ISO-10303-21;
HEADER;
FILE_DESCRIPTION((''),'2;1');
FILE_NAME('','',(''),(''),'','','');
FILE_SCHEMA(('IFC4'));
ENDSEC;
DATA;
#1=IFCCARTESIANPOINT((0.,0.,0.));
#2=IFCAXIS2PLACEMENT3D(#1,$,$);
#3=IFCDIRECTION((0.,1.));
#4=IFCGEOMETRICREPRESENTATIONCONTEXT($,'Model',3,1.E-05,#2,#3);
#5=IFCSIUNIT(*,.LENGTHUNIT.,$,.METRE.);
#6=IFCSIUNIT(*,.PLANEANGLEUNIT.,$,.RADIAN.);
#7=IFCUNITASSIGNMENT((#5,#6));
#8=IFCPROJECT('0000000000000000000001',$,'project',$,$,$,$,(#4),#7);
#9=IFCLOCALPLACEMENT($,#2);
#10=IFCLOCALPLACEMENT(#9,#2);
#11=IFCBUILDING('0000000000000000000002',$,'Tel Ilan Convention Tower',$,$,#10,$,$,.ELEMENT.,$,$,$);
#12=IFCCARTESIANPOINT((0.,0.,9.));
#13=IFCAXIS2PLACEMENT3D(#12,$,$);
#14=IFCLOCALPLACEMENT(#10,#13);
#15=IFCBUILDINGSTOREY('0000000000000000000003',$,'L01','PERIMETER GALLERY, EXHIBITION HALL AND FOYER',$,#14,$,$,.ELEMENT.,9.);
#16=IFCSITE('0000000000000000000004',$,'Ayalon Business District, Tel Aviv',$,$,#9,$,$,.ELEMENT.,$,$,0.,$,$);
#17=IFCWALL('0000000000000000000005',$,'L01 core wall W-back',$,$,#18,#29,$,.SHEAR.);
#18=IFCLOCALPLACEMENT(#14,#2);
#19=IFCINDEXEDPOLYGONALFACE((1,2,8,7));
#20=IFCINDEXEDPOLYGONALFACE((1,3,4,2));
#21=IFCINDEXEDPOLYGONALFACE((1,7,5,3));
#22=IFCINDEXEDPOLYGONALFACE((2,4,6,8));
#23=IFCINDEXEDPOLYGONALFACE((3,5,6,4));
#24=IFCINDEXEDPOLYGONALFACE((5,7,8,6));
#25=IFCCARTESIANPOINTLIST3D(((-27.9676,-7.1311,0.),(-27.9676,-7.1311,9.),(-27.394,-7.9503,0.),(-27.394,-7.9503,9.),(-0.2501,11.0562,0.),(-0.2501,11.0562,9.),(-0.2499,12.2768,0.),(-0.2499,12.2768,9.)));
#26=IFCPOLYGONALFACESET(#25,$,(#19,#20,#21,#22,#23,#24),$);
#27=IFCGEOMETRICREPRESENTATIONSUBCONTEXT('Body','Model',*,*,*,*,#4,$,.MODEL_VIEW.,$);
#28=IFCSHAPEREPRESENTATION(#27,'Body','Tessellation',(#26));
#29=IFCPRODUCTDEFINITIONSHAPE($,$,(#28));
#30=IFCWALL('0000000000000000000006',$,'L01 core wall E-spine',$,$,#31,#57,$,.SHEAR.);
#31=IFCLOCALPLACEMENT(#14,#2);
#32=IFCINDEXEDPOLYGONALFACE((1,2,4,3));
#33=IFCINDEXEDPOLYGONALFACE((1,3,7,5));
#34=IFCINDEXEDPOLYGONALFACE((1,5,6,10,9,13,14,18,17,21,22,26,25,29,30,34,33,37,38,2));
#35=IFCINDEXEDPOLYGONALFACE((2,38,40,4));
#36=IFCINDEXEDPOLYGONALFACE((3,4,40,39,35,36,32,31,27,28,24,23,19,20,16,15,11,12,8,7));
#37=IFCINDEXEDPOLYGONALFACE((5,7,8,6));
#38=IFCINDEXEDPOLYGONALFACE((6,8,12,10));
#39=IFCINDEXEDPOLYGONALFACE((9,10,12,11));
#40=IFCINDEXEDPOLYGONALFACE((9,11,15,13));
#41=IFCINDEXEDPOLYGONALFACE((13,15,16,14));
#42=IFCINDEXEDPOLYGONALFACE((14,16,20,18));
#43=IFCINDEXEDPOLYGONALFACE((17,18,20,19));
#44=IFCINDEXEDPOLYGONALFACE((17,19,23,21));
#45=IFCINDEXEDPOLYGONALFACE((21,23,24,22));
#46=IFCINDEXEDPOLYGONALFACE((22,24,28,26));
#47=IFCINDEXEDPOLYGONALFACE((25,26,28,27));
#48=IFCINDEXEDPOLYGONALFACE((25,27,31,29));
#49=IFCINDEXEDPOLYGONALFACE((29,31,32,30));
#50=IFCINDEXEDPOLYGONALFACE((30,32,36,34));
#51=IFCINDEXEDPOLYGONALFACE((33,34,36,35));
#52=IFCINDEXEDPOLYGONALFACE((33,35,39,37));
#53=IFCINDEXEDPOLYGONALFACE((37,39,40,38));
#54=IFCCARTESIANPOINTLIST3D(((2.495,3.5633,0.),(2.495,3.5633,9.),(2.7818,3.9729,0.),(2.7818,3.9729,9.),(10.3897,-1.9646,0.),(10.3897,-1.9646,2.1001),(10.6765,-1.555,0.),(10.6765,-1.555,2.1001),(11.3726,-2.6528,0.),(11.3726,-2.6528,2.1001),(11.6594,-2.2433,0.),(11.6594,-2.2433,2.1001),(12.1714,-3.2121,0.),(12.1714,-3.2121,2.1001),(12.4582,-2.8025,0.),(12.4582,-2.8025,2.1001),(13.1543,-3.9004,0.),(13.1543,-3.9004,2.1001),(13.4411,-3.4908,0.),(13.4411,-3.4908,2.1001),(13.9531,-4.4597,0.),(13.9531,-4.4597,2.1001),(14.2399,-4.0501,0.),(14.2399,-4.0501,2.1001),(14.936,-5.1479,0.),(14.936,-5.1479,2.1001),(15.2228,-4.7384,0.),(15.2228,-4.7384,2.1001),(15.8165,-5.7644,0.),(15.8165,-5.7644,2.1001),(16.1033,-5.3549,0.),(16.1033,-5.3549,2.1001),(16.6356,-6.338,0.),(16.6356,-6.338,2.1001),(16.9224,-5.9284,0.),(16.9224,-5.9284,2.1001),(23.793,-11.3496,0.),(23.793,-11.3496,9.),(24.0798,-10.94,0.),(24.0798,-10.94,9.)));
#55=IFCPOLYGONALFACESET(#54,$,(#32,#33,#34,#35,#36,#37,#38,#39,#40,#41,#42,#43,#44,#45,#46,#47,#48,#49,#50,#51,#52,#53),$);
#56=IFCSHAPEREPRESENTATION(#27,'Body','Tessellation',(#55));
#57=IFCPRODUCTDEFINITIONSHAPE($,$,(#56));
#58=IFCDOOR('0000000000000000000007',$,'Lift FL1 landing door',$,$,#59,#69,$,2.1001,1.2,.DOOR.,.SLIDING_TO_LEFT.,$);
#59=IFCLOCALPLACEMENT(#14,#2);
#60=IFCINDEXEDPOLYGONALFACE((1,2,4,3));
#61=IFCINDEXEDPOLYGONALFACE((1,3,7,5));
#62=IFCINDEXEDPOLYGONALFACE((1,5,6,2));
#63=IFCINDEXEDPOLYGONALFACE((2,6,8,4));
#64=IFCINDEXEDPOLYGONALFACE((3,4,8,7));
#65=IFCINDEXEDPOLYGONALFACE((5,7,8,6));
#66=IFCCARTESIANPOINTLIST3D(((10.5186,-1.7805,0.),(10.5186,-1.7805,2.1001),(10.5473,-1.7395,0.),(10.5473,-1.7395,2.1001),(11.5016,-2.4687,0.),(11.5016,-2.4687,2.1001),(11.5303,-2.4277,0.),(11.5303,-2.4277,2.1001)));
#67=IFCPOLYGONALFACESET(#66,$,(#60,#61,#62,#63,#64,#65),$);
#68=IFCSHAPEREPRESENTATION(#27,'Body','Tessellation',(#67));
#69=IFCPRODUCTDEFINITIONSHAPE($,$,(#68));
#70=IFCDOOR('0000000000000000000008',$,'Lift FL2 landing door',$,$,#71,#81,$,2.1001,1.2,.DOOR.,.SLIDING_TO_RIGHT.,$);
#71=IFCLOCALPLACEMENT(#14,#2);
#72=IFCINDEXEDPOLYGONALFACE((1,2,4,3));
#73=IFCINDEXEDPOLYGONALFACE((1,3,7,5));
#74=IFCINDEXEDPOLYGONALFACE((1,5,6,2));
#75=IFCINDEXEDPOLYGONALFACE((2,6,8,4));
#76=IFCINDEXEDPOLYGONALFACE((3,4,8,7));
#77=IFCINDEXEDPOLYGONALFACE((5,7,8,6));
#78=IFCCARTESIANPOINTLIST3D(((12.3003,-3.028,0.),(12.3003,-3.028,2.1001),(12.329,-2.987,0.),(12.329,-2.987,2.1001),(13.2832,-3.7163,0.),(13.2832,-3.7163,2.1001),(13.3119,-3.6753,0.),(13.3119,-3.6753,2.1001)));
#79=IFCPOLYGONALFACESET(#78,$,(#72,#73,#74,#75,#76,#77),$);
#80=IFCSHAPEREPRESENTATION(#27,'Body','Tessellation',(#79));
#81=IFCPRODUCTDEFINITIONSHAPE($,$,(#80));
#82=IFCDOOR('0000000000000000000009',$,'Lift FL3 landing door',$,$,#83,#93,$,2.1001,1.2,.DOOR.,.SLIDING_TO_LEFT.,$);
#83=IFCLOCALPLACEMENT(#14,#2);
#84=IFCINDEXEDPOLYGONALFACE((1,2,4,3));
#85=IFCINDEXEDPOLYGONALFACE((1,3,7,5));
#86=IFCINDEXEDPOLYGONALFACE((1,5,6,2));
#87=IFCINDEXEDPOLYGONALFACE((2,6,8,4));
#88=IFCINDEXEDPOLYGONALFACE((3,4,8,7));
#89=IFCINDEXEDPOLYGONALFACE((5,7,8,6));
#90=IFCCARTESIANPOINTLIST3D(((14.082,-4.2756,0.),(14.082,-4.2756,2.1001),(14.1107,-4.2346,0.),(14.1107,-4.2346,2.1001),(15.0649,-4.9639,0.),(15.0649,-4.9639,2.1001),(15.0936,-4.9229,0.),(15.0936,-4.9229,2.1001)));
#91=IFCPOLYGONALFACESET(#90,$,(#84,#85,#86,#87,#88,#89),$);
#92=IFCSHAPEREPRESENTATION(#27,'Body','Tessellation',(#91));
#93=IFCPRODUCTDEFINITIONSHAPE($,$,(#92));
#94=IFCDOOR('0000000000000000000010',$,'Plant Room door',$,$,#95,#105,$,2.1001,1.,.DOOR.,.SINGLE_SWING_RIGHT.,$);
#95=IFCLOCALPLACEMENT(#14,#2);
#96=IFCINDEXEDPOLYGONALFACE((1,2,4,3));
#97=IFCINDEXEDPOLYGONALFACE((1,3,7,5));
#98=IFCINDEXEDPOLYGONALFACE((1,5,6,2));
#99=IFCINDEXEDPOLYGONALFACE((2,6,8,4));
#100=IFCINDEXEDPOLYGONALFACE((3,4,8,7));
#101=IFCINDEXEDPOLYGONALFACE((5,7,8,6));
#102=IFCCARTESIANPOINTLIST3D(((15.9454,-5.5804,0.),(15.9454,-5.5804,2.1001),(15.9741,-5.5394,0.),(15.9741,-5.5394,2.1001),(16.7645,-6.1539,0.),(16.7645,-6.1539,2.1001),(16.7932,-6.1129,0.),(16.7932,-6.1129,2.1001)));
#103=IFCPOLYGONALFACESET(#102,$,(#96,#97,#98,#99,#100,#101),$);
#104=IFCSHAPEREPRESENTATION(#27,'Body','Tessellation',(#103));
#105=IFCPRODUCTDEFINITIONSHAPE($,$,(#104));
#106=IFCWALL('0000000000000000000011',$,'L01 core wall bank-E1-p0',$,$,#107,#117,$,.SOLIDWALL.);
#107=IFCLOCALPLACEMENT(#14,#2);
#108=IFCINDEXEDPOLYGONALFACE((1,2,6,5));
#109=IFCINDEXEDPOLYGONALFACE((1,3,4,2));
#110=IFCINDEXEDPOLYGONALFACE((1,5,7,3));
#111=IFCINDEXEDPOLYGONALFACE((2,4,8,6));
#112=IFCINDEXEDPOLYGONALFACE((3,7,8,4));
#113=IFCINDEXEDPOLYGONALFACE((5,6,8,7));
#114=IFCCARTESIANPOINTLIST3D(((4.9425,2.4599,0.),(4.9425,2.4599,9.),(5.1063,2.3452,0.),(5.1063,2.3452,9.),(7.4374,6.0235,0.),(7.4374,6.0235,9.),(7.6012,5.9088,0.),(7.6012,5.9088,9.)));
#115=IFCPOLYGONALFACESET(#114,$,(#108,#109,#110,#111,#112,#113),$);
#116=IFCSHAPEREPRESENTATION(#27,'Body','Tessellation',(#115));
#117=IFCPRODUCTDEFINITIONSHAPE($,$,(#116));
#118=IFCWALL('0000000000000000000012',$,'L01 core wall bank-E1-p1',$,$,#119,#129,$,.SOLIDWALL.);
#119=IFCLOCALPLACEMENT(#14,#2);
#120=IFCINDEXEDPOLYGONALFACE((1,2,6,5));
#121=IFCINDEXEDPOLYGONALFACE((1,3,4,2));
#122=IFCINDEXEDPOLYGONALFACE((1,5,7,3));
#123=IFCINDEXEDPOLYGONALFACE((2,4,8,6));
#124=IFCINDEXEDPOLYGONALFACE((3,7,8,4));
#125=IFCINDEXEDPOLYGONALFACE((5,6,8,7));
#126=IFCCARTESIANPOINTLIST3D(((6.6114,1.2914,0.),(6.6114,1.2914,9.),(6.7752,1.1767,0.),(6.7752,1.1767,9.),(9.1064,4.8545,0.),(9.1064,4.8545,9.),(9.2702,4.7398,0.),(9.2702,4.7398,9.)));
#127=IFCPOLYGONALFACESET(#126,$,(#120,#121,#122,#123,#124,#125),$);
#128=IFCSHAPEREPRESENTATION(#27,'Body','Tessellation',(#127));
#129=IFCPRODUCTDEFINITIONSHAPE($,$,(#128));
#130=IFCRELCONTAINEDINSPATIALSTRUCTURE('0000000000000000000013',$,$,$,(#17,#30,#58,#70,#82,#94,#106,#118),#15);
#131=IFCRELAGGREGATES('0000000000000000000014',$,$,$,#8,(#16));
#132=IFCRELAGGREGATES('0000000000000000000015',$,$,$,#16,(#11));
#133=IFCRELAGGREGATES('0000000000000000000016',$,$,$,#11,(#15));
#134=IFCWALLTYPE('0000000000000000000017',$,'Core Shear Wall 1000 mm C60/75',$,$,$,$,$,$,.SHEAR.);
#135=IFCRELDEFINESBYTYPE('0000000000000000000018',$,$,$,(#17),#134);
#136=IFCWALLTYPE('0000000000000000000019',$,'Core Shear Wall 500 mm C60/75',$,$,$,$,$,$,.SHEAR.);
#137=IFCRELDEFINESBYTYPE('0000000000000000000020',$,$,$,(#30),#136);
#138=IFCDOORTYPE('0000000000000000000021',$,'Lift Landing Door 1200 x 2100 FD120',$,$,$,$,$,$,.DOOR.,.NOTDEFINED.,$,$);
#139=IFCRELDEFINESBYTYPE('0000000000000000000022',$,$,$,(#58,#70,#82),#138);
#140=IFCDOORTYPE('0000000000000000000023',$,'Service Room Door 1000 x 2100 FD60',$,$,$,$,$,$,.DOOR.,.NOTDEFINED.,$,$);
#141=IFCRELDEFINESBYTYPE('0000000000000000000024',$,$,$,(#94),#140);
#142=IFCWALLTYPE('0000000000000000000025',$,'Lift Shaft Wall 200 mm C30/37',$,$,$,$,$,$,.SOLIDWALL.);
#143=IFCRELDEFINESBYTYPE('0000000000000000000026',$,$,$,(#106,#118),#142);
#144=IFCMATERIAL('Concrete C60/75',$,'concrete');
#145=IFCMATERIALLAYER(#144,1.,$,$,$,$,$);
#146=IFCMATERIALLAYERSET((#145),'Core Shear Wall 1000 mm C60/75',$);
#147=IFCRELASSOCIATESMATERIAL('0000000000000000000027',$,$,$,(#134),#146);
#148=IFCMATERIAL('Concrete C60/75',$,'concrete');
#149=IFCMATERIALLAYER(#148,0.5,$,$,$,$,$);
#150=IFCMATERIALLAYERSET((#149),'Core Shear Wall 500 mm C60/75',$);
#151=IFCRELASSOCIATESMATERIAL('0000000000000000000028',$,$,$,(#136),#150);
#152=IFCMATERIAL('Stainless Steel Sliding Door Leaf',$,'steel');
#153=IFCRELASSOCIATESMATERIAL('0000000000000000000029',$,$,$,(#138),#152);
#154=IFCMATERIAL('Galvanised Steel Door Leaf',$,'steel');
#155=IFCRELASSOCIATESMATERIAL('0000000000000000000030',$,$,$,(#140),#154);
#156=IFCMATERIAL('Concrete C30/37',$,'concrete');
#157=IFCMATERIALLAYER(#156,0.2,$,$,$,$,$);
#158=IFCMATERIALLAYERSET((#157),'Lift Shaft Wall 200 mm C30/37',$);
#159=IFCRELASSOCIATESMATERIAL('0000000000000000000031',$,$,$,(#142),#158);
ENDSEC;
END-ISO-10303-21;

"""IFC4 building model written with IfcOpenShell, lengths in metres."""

from ifc_helpers import new_model, si_unit, direction, frame, frame_2d, origin, place, context, subcontext, project, spatial, polyline, rectangle, outline, extrude, material, layer, layer_set, type_object, element, fill, save


model = new_model("IFC4")

# Units and contexts
model_context = context("Model", 3, precision=1e-05, world=origin(), true_north=direction((0.0, 1.0)))
body_context = subcontext(model_context, "Body", "Model", "MODEL_VIEW")
ifc_project = project(units=[si_unit("LENGTHUNIT", "METRE"), si_unit("PLANEANGLEUNIT", "RADIAN")], contexts=[model_context])

# Site, building, storey
site_placement = place(None, origin())
site = spatial("IfcSite", under=ifc_project, at=site_placement, Name="Ayalon Business District, Tel Aviv", CompositionType="ELEMENT", RefElevation=0.0)
building_placement = place(site_placement, origin())
building = spatial("IfcBuilding", under=site, at=building_placement, Name="Tel Ilan Convention Tower", CompositionType="ELEMENT")
storey_placement = place(building_placement, frame((0.0, 0.0, 9.0)))
storey = spatial("IfcBuildingStorey", under=building, at=storey_placement, Name="L01", Description="PERIMETER GALLERY, EXHIBITION HALL AND FOYER", CompositionType="ELEMENT", Elevation=9.0)

# Wall
ifc_material_1 = material(Name="Concrete C60/75", Category="concrete")
ifc_layer_1 = layer(ifc_material_1, 1.0)
ifc_layer_set_1 = layer_set([ifc_layer_1], Name="Core Shear Wall 1000 mm C60/75")
wall_type_1 = type_object("IfcWallType", Name="Core Shear Wall 1000 mm C60/75", PredefinedType="SHEAR", material=ifc_layer_set_1)
wall_1_placement = place(storey_placement, frame((0.0369, 11.8672, 0.0), z_axis=(0.0, 0.0, 1.0), x_axis=(-0.819155, -0.573572, 0.0)))
element("IfcWall", 1, at=wall_1_placement, inside=storey, type_object=wall_type_1, Name="L01 core wall W-back", PredefinedType="SHEAR", context=body_context, shape_type="SweptSolid", body=[
    extrude(outline(polyline([(33.8369, 0.5), (0.7002, 0.4998), (0.0, -0.5), (33.8369, -0.5), (33.8369, 0.5)])), origin(), (0.0, 0.0, 1.0), 9.0),
])

# Wall, openings, doors
ifc_material_2 = material(Name="Concrete C60/75", Category="concrete")
ifc_layer_2 = layer(ifc_material_2, 0.5)
ifc_layer_set_2 = layer_set([ifc_layer_2], Name="Core Shear Wall 500 mm C60/75")
wall_type_2 = type_object("IfcWallType", Name="Core Shear Wall 500 mm C60/75", PredefinedType="SHEAR", material=ifc_layer_set_2)
wall_2_placement = place(storey_placement, frame((2.6384, 3.7681, 0.0), z_axis=(0.0, 0.0, 1.0), x_axis=(0.819149, -0.573581, 0.0)))
wall_2 = element("IfcWall", 2, at=wall_2_placement, inside=storey, type_object=wall_type_2, Name="L01 core wall E-spine", PredefinedType="SHEAR", context=body_context, shape_type="SweptSolid", body=[
    extrude(outline(polyline([(0.0, 0.25), (0.0, -0.25), (26.0, -0.2498), (26.0, 0.2502), (0.0, 0.25)])), origin(), (0.0, 0.0, 1.0), 9.0),
])
opening_1_placement = place(wall_2_placement, frame((9.6375, 0.0, 0.0)))
opening_1 = element("IfcOpeningElement", 3, at=opening_1_placement, cuts=wall_2, PredefinedType="OPENING", context=body_context, shape_type="SweptSolid", body=[
    extrude(rectangle(XDim=1.2, YDim=2.1001, at=frame_2d((0.6001, 1.05))), frame((0.0, 0.26, 0.0), z_axis=(0.0, -1.0, 0.0), x_axis=(1.0, 0.0, 0.0)), (0.0, 0.0, 1.0), 0.52),
])
opening_2_placement = place(wall_2_placement, frame((11.8125, 0.0, 0.0)))
opening_2 = element("IfcOpeningElement", 4, at=opening_2_placement, cuts=wall_2, PredefinedType="OPENING", context=body_context, shape_type="SweptSolid", body=[
    extrude(rectangle(XDim=1.2, YDim=2.1001, at=frame_2d((0.6001, 1.05))), frame((0.0, 0.26, 0.0), z_axis=(0.0, -1.0, 0.0), x_axis=(1.0, 0.0, 0.0)), (0.0, 0.0, 1.0), 0.52),
])
opening_3_placement = place(wall_2_placement, frame((13.9875, 0.0, 0.0)))
opening_3 = element("IfcOpeningElement", 5, at=opening_3_placement, cuts=wall_2, PredefinedType="OPENING", context=body_context, shape_type="SweptSolid", body=[
    extrude(rectangle(XDim=1.2, YDim=2.1001, at=frame_2d((0.6001, 1.05))), frame((0.0, 0.26, 0.0), z_axis=(0.0, -1.0, 0.0), x_axis=(1.0, 0.0, 0.0)), (0.0, 0.0, 1.0), 0.52),
])
opening_4_placement = place(wall_2_placement, frame((16.2625, 0.0, 0.0)))
opening_4 = element("IfcOpeningElement", 6, at=opening_4_placement, cuts=wall_2, PredefinedType="OPENING", context=body_context, shape_type="SweptSolid", body=[
    extrude(rectangle(XDim=1.0, YDim=2.1001, at=frame_2d((0.5, 1.05))), frame((0.0, 0.26, 0.0), z_axis=(0.0, -1.0, 0.0), x_axis=(1.0, 0.0, 0.0)), (0.0, 0.0, 1.0), 0.52),
])
ifc_material_3 = material(Name="Stainless Steel Sliding Door Leaf", Category="steel")
door_type_1 = type_object("IfcDoorType", Name="Lift Landing Door 1200 x 2100 FD120", OperationType="NOTDEFINED", PredefinedType="DOOR", material=ifc_material_3)
door_1_placement = place(opening_1_placement, origin())
door_1 = element("IfcDoor", 7, at=door_1_placement, inside=storey, type_object=door_type_1, Name="Lift FL1 landing door", OperationType="SLIDING_TO_LEFT", OverallHeight=2.1001, OverallWidth=1.2, PredefinedType="DOOR", context=body_context, shape_type="SweptSolid", body=[
    extrude(rectangle(XDim=1.2, YDim=2.1001, at=frame_2d((0.6001, 1.05))), frame((0.0, 0.0249, 0.0), z_axis=(0.0, -1.0, 0.0), x_axis=(1.0, 0.0, 0.0)), (0.0, 0.0, 1.0), 0.05),
])
fill(opening_1, door_1)
door_2_placement = place(opening_2_placement, origin())
door_2 = element("IfcDoor", 8, at=door_2_placement, inside=storey, type_object=door_type_1, Name="Lift FL2 landing door", OperationType="SLIDING_TO_RIGHT", OverallHeight=2.1001, OverallWidth=1.2, PredefinedType="DOOR", context=body_context, shape_type="SweptSolid", body=[
    extrude(rectangle(XDim=1.2, YDim=2.1001, at=frame_2d((0.6001, 1.05))), frame((0.0, 0.0249, 0.0), z_axis=(0.0, -1.0, 0.0), x_axis=(1.0, 0.0, 0.0)), (0.0, 0.0, 1.0), 0.05),
])
fill(opening_2, door_2)
door_3_placement = place(opening_3_placement, origin())
door_3 = element("IfcDoor", 9, at=door_3_placement, inside=storey, type_object=door_type_1, Name="Lift FL3 landing door", OperationType="SLIDING_TO_LEFT", OverallHeight=2.1001, OverallWidth=1.2, PredefinedType="DOOR", context=body_context, shape_type="SweptSolid", body=[
    extrude(rectangle(XDim=1.2, YDim=2.1001, at=frame_2d((0.6001, 1.05))), frame((0.0, 0.0249, 0.0), z_axis=(0.0, -1.0, 0.0), x_axis=(1.0, 0.0, 0.0)), (0.0, 0.0, 1.0), 0.05),
])
fill(opening_3, door_3)
ifc_material_4 = material(Name="Galvanised Steel Door Leaf", Category="steel")
door_type_2 = type_object("IfcDoorType", Name="Service Room Door 1000 x 2100 FD60", OperationType="NOTDEFINED", PredefinedType="DOOR", material=ifc_material_4)
door_4_placement = place(opening_4_placement, origin())
door_4 = element("IfcDoor", 10, at=door_4_placement, inside=storey, type_object=door_type_2, Name="Plant Room door", OperationType="SINGLE_SWING_RIGHT", OverallHeight=2.1001, OverallWidth=1.0, PredefinedType="DOOR", context=body_context, shape_type="SweptSolid", body=[
    extrude(rectangle(XDim=1.0, YDim=2.1001, at=frame_2d((0.5, 1.05))), frame((0.0, 0.0249, 0.0), z_axis=(0.0, -1.0, 0.0), x_axis=(1.0, 0.0, 0.0)), (0.0, 0.0, 1.0), 0.05),
])
fill(opening_4, door_4)

# Walls
ifc_material_5 = material(Name="Concrete C30/37", Category="concrete")
ifc_layer_3 = layer(ifc_material_5, 0.2)
ifc_layer_set_3 = layer_set([ifc_layer_3], Name="Lift Shaft Wall 200 mm C30/37")
wall_type_3 = type_object("IfcWallType", Name="Lift Shaft Wall 200 mm C30/37", PredefinedType="SOLIDWALL", material=ifc_layer_set_3)
wall_3_placement = place(storey_placement, frame((5.0244, 2.4026, 0.0), z_axis=(0.0, 0.0, 1.0), x_axis=(0.57353, 0.819184, 0.0)))
element("IfcWall", 11, at=wall_3_placement, inside=storey, type_object=wall_type_3, Name="L01 core wall bank-E1-p0", PredefinedType="SOLIDWALL", context=body_context, shape_type="SweptSolid", body=[
    extrude(rectangle(XDim=4.3501, YDim=0.2, at=frame_2d((2.175, 0.0))), origin(), (0.0, 0.0, 1.0), 9.0),
])
wall_4_placement = place(storey_placement, frame((6.6934, 1.2341, 0.0), z_axis=(0.0, 0.0, 1.0), x_axis=(0.573594, 0.81914, 0.0)))
element("IfcWall", 12, at=wall_4_placement, inside=storey, type_object=wall_type_3, Name="L01 core wall bank-E1-p1", PredefinedType="SOLIDWALL", context=body_context, shape_type="SweptSolid", body=[
    extrude(rectangle(XDim=4.3499, YDim=0.2, at=frame_2d((2.1748, 0.0))), origin(), (0.0, 0.0, 1.0), 9.0),
])

save(model, "model.ifc")
